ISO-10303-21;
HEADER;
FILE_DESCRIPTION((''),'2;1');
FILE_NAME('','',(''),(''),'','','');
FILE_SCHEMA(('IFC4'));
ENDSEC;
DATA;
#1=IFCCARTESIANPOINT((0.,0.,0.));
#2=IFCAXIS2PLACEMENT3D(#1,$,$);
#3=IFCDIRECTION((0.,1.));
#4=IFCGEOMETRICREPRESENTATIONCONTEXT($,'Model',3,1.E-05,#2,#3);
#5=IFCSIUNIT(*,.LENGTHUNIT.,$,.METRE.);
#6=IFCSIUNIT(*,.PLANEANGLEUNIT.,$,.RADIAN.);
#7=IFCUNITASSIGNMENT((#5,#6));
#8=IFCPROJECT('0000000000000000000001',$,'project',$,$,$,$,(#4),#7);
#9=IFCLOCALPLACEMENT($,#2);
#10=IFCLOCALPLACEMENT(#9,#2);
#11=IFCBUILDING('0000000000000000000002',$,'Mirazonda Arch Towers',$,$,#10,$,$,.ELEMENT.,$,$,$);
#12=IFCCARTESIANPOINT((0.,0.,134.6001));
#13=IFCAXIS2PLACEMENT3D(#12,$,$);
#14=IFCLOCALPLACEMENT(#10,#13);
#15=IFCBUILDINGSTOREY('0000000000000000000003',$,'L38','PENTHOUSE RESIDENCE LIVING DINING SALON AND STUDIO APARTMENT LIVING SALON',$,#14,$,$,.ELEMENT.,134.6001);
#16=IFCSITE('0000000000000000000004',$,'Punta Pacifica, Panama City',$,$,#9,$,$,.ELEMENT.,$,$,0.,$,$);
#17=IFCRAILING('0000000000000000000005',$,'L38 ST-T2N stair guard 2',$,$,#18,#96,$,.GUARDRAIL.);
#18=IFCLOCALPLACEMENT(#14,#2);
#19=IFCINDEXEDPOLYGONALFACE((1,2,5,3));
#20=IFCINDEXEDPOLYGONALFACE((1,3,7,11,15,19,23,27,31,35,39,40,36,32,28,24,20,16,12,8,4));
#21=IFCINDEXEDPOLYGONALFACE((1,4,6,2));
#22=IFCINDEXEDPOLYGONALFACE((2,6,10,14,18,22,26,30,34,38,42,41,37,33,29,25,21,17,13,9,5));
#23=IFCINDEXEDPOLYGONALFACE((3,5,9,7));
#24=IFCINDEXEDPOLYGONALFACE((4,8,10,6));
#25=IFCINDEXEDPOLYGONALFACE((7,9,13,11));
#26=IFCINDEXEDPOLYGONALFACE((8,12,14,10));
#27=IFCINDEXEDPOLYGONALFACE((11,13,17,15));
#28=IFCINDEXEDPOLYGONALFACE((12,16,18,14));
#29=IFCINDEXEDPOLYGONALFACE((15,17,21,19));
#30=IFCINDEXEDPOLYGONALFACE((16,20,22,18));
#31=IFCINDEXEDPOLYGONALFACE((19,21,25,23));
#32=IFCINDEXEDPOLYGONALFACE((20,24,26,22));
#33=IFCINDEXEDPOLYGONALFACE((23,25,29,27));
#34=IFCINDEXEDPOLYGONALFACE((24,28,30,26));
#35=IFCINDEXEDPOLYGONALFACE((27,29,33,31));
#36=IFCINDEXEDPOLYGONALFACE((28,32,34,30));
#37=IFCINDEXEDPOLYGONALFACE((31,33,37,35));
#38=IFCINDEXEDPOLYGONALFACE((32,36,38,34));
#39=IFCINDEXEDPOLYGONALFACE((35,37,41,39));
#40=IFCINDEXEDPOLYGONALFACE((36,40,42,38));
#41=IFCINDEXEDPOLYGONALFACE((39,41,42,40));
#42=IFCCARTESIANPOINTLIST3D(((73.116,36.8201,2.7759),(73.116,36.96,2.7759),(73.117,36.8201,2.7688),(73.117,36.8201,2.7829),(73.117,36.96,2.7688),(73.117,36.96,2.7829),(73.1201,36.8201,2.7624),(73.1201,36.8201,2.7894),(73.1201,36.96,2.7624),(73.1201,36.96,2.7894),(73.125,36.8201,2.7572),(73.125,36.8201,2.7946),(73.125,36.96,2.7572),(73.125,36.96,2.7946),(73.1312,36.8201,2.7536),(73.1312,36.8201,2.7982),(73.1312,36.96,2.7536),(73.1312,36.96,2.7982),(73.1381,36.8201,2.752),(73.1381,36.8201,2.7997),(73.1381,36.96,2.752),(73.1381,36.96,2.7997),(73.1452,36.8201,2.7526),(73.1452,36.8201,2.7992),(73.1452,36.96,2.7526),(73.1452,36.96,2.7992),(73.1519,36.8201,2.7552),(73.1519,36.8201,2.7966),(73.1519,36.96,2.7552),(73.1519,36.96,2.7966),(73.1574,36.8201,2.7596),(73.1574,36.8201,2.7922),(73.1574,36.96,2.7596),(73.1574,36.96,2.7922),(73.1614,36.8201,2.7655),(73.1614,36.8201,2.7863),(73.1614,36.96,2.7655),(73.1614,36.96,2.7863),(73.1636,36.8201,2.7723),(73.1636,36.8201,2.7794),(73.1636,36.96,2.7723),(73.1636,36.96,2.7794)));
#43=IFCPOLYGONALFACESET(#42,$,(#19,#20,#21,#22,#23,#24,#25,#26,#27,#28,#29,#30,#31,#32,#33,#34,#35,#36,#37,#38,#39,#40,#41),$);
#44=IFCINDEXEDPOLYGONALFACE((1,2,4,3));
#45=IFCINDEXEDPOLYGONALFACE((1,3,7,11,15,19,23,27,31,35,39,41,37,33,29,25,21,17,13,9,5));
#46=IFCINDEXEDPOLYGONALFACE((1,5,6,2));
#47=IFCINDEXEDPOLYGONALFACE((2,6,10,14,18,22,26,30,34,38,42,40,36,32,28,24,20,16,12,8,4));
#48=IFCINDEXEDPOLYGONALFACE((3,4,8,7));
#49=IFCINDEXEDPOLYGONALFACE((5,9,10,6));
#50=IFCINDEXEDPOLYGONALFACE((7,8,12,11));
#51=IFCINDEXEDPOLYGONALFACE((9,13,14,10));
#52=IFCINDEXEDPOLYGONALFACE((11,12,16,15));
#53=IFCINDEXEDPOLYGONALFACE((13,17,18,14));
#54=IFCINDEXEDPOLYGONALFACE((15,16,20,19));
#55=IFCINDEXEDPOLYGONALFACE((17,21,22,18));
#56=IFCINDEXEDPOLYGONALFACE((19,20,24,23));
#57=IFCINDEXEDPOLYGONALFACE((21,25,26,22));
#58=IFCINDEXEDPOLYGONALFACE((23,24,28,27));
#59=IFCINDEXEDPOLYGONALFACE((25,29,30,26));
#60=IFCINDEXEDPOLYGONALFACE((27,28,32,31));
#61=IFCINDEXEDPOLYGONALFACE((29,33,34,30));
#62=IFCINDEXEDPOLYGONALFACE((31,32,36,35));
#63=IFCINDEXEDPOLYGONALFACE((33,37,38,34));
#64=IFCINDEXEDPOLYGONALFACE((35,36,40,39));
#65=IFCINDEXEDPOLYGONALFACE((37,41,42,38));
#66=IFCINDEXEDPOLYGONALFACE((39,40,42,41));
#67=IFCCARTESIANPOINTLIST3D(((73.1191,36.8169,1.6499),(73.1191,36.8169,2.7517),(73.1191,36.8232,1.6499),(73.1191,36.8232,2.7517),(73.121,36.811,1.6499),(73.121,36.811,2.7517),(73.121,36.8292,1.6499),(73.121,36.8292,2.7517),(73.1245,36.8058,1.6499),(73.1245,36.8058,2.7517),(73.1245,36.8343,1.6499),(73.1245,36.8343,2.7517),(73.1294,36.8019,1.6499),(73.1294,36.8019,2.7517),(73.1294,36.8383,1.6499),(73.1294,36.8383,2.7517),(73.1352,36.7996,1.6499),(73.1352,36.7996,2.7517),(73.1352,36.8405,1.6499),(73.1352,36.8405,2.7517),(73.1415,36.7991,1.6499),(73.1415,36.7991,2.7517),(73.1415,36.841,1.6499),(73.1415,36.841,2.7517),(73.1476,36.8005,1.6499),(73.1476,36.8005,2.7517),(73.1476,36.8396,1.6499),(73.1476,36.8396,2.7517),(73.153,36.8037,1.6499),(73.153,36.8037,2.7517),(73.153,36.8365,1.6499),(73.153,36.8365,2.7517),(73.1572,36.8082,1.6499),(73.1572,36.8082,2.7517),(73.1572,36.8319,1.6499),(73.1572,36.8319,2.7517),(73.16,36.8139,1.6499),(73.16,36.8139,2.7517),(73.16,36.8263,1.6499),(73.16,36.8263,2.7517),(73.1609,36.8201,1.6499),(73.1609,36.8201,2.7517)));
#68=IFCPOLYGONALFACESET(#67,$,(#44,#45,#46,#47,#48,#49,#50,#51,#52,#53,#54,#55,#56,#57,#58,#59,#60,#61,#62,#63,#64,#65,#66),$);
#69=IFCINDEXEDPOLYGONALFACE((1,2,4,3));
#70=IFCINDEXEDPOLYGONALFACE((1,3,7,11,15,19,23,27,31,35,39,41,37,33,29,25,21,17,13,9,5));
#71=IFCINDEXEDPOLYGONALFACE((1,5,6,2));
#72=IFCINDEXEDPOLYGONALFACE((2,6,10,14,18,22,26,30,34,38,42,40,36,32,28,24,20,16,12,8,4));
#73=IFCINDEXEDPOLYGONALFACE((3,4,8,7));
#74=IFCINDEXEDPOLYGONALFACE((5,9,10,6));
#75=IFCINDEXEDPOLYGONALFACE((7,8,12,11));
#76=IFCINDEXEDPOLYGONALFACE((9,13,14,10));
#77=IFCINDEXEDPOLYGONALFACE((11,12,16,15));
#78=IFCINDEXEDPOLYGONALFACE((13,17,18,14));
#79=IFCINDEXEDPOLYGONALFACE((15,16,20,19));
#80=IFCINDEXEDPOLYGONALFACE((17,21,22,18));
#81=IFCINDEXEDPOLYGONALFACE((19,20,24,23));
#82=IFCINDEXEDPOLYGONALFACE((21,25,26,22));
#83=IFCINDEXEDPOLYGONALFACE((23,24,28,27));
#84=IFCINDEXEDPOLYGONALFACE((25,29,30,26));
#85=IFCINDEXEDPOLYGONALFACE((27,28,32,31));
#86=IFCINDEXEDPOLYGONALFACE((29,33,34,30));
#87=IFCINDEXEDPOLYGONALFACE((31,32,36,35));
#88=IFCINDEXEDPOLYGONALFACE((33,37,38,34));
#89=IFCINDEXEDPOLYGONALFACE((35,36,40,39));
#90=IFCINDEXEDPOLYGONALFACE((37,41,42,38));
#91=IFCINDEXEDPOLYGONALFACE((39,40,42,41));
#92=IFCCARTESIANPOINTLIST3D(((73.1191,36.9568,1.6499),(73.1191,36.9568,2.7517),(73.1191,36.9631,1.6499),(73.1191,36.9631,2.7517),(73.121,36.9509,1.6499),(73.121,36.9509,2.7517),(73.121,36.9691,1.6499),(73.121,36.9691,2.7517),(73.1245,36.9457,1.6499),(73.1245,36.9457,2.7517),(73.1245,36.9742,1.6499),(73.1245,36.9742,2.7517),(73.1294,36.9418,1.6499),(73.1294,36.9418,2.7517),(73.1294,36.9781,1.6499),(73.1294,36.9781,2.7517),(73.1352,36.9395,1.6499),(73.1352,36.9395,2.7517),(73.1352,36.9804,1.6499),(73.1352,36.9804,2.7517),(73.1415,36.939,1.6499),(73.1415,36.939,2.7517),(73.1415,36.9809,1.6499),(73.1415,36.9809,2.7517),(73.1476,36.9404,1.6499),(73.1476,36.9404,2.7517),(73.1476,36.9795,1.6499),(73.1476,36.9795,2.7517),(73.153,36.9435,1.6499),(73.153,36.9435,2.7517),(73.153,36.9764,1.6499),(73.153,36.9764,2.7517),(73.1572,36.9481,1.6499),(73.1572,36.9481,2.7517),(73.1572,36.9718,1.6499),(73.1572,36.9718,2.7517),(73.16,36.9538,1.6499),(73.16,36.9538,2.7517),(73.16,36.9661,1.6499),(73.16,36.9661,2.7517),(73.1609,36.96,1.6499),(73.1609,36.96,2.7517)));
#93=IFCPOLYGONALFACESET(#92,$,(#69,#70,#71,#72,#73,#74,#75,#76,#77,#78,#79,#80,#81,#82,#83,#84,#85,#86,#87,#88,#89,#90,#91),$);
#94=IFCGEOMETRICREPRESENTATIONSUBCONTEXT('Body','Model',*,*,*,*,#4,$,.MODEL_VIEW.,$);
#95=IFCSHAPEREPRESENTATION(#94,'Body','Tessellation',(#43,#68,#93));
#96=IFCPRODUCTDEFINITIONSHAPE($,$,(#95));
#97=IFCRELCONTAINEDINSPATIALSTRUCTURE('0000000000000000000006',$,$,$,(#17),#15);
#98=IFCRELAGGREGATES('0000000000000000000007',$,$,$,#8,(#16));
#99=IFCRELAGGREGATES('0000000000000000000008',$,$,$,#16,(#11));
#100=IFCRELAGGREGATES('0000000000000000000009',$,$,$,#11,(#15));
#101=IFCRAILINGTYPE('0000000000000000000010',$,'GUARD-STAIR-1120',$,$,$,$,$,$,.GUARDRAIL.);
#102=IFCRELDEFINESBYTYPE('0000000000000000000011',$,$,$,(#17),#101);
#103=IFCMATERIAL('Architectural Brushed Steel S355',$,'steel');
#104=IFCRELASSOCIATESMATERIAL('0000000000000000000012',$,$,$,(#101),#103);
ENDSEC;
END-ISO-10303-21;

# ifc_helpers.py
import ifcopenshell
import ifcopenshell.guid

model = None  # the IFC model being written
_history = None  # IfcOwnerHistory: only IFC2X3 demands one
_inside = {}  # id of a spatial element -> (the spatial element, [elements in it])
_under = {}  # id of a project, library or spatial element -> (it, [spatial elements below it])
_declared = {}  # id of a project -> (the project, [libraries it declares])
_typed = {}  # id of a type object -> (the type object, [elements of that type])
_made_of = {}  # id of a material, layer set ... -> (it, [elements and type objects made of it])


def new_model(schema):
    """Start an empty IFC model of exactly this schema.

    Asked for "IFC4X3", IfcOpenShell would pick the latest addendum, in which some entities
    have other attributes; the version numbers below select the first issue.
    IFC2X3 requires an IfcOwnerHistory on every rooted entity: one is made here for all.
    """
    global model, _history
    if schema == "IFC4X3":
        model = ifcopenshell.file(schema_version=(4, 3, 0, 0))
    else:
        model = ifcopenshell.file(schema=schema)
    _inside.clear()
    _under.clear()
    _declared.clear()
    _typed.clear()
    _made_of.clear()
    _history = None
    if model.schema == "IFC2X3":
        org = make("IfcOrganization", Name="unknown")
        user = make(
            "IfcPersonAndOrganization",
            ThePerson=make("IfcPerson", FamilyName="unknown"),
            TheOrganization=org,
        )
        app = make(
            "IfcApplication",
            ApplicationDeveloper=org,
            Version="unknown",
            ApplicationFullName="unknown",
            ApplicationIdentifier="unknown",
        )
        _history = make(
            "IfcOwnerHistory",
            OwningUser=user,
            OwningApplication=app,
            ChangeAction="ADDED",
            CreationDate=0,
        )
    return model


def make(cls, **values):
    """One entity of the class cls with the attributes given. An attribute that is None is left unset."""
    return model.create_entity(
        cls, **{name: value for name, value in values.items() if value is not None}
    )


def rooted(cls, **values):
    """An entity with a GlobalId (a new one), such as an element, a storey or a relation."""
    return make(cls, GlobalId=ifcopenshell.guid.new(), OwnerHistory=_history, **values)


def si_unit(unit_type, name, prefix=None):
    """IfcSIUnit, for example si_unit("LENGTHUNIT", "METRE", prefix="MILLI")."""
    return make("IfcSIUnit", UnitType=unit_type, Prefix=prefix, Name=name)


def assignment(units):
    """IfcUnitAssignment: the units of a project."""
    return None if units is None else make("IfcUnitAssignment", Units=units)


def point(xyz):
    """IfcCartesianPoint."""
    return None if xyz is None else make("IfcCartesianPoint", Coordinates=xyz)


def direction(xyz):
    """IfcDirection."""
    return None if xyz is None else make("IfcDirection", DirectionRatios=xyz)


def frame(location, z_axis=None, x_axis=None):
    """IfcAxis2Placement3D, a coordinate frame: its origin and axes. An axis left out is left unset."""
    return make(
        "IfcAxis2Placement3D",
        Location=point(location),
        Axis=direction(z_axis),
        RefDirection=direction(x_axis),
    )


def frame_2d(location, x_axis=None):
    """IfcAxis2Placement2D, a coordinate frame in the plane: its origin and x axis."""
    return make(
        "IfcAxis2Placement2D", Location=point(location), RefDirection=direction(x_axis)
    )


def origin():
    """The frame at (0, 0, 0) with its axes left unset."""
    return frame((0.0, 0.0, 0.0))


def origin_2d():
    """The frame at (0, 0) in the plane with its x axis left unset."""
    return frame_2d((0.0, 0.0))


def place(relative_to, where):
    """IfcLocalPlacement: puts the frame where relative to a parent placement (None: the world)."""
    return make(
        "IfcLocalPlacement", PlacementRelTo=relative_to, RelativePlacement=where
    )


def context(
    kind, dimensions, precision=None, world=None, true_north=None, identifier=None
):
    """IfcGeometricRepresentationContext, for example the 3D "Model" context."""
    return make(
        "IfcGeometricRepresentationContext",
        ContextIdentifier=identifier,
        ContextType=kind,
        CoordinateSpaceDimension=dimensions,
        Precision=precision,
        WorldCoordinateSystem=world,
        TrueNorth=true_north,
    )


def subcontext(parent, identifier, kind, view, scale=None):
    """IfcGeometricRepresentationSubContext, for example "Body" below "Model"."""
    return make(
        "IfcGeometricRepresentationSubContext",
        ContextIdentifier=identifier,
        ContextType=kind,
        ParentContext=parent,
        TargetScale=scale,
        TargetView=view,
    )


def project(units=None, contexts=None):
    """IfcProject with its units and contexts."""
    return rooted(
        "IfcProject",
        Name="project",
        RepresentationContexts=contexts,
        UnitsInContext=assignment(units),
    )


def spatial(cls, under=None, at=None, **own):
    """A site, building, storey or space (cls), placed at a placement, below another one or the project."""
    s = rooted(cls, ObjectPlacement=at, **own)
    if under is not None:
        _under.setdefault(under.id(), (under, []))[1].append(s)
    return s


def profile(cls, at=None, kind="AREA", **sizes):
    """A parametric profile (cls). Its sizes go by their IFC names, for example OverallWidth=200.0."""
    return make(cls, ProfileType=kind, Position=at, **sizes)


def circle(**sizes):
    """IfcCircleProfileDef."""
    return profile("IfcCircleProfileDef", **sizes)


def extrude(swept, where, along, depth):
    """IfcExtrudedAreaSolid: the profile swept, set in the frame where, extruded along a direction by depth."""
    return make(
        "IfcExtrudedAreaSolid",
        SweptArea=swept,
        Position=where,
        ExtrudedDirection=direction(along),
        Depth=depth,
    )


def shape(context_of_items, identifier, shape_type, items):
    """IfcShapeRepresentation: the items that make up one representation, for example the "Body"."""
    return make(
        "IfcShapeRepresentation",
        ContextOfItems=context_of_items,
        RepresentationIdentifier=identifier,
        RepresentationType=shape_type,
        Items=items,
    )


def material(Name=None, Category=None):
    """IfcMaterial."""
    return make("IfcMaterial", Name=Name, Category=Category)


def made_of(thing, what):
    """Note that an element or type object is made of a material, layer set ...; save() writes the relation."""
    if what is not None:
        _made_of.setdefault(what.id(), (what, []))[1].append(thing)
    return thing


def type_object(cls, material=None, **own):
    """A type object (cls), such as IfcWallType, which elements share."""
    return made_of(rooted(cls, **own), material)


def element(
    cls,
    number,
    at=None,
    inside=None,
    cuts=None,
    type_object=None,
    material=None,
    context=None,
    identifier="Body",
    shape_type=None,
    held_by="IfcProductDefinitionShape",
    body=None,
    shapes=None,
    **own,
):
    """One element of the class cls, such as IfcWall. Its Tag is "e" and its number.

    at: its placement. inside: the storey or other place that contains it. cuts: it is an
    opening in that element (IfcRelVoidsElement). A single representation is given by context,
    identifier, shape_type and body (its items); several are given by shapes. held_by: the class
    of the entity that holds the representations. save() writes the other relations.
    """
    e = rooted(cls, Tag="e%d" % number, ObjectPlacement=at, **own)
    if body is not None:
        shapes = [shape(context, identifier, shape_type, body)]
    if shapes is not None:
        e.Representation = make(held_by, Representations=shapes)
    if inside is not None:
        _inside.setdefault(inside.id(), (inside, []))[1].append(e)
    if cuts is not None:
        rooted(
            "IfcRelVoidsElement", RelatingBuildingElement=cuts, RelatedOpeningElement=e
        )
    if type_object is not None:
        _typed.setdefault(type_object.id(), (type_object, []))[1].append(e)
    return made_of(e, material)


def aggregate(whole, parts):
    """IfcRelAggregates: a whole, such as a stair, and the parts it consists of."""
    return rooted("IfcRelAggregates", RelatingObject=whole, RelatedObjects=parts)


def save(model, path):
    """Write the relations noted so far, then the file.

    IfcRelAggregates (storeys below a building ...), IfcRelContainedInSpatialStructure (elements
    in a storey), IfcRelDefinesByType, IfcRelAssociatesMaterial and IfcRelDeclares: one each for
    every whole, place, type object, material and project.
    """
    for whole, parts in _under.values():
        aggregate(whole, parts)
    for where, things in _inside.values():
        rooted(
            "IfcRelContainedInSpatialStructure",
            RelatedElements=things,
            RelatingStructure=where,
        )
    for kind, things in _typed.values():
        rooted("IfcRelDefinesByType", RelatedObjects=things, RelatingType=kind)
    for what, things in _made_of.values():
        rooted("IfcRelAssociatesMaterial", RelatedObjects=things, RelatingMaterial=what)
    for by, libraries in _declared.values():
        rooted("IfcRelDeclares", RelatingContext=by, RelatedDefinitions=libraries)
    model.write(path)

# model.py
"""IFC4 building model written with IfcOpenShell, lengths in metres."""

from ifc_helpers import new_model, si_unit, direction, frame, origin, origin_2d, place, context, subcontext, project, spatial, circle, extrude, material, type_object, element, save


model = new_model("IFC4")

# Units and contexts
model_context = context("Model", 3, precision=1e-05, world=origin(), true_north=direction((0.0, 1.0)))
body_context = subcontext(model_context, "Body", "Model", "MODEL_VIEW")
ifc_project = project(units=[si_unit("LENGTHUNIT", "METRE"), si_unit("PLANEANGLEUNIT", "RADIAN")], contexts=[model_context])

# Site, building, storey
site_placement = place(None, origin())
site = spatial("IfcSite", under=ifc_project, at=site_placement, Name="Punta Pacifica, Panama City", CompositionType="ELEMENT", RefElevation=0.0)
building_placement = place(site_placement, origin())
building = spatial("IfcBuilding", under=site, at=building_placement, Name="Mirazonda Arch Towers", CompositionType="ELEMENT")
storey_placement = place(building_placement, frame((0.0, 0.0, 134.6001)))
storey = spatial("IfcBuildingStorey", under=building, at=storey_placement, Name="L38", Description="PENTHOUSE RESIDENCE LIVING DINING SALON AND STUDIO APARTMENT LIVING SALON", CompositionType="ELEMENT", Elevation=134.6001)

# Shared definitions
ifc_material_1 = material(Name="Architectural Brushed Steel S355", Category="steel")

# Railing
railing_type_1 = type_object("IfcRailingType", Name="GUARD-STAIR-1120", PredefinedType="GUARDRAIL", material=ifc_material_1)
railing_1_placement = place(storey_placement, frame((73.1399, 36.8201, 1.6499)))
element("IfcRailing", 1, at=railing_1_placement, inside=storey, type_object=railing_type_1, Name="L38 ST-T2N stair guard 2", PredefinedType="GUARDRAIL", context=body_context, shape_type="SweptSolid", body=[
    extrude(circle(Radius=0.0239, at=origin_2d()), frame((0.0, 0.0, 1.126), z_axis=(0.0, 1.0, 0.0), x_axis=(-1.0, 0.0, 0.0)), (0.0, 0.0, 1.0), 0.1399),
    extrude(circle(Radius=0.021, at=origin_2d()), origin(), (0.0, 0.0, 1.0), 1.1018),
    extrude(circle(Radius=0.021, at=origin_2d()), frame((0.0, 0.1399, 0.0)), (0.0, 0.0, 1.0), 1.1018),
])

save(model, "model.ifc")
